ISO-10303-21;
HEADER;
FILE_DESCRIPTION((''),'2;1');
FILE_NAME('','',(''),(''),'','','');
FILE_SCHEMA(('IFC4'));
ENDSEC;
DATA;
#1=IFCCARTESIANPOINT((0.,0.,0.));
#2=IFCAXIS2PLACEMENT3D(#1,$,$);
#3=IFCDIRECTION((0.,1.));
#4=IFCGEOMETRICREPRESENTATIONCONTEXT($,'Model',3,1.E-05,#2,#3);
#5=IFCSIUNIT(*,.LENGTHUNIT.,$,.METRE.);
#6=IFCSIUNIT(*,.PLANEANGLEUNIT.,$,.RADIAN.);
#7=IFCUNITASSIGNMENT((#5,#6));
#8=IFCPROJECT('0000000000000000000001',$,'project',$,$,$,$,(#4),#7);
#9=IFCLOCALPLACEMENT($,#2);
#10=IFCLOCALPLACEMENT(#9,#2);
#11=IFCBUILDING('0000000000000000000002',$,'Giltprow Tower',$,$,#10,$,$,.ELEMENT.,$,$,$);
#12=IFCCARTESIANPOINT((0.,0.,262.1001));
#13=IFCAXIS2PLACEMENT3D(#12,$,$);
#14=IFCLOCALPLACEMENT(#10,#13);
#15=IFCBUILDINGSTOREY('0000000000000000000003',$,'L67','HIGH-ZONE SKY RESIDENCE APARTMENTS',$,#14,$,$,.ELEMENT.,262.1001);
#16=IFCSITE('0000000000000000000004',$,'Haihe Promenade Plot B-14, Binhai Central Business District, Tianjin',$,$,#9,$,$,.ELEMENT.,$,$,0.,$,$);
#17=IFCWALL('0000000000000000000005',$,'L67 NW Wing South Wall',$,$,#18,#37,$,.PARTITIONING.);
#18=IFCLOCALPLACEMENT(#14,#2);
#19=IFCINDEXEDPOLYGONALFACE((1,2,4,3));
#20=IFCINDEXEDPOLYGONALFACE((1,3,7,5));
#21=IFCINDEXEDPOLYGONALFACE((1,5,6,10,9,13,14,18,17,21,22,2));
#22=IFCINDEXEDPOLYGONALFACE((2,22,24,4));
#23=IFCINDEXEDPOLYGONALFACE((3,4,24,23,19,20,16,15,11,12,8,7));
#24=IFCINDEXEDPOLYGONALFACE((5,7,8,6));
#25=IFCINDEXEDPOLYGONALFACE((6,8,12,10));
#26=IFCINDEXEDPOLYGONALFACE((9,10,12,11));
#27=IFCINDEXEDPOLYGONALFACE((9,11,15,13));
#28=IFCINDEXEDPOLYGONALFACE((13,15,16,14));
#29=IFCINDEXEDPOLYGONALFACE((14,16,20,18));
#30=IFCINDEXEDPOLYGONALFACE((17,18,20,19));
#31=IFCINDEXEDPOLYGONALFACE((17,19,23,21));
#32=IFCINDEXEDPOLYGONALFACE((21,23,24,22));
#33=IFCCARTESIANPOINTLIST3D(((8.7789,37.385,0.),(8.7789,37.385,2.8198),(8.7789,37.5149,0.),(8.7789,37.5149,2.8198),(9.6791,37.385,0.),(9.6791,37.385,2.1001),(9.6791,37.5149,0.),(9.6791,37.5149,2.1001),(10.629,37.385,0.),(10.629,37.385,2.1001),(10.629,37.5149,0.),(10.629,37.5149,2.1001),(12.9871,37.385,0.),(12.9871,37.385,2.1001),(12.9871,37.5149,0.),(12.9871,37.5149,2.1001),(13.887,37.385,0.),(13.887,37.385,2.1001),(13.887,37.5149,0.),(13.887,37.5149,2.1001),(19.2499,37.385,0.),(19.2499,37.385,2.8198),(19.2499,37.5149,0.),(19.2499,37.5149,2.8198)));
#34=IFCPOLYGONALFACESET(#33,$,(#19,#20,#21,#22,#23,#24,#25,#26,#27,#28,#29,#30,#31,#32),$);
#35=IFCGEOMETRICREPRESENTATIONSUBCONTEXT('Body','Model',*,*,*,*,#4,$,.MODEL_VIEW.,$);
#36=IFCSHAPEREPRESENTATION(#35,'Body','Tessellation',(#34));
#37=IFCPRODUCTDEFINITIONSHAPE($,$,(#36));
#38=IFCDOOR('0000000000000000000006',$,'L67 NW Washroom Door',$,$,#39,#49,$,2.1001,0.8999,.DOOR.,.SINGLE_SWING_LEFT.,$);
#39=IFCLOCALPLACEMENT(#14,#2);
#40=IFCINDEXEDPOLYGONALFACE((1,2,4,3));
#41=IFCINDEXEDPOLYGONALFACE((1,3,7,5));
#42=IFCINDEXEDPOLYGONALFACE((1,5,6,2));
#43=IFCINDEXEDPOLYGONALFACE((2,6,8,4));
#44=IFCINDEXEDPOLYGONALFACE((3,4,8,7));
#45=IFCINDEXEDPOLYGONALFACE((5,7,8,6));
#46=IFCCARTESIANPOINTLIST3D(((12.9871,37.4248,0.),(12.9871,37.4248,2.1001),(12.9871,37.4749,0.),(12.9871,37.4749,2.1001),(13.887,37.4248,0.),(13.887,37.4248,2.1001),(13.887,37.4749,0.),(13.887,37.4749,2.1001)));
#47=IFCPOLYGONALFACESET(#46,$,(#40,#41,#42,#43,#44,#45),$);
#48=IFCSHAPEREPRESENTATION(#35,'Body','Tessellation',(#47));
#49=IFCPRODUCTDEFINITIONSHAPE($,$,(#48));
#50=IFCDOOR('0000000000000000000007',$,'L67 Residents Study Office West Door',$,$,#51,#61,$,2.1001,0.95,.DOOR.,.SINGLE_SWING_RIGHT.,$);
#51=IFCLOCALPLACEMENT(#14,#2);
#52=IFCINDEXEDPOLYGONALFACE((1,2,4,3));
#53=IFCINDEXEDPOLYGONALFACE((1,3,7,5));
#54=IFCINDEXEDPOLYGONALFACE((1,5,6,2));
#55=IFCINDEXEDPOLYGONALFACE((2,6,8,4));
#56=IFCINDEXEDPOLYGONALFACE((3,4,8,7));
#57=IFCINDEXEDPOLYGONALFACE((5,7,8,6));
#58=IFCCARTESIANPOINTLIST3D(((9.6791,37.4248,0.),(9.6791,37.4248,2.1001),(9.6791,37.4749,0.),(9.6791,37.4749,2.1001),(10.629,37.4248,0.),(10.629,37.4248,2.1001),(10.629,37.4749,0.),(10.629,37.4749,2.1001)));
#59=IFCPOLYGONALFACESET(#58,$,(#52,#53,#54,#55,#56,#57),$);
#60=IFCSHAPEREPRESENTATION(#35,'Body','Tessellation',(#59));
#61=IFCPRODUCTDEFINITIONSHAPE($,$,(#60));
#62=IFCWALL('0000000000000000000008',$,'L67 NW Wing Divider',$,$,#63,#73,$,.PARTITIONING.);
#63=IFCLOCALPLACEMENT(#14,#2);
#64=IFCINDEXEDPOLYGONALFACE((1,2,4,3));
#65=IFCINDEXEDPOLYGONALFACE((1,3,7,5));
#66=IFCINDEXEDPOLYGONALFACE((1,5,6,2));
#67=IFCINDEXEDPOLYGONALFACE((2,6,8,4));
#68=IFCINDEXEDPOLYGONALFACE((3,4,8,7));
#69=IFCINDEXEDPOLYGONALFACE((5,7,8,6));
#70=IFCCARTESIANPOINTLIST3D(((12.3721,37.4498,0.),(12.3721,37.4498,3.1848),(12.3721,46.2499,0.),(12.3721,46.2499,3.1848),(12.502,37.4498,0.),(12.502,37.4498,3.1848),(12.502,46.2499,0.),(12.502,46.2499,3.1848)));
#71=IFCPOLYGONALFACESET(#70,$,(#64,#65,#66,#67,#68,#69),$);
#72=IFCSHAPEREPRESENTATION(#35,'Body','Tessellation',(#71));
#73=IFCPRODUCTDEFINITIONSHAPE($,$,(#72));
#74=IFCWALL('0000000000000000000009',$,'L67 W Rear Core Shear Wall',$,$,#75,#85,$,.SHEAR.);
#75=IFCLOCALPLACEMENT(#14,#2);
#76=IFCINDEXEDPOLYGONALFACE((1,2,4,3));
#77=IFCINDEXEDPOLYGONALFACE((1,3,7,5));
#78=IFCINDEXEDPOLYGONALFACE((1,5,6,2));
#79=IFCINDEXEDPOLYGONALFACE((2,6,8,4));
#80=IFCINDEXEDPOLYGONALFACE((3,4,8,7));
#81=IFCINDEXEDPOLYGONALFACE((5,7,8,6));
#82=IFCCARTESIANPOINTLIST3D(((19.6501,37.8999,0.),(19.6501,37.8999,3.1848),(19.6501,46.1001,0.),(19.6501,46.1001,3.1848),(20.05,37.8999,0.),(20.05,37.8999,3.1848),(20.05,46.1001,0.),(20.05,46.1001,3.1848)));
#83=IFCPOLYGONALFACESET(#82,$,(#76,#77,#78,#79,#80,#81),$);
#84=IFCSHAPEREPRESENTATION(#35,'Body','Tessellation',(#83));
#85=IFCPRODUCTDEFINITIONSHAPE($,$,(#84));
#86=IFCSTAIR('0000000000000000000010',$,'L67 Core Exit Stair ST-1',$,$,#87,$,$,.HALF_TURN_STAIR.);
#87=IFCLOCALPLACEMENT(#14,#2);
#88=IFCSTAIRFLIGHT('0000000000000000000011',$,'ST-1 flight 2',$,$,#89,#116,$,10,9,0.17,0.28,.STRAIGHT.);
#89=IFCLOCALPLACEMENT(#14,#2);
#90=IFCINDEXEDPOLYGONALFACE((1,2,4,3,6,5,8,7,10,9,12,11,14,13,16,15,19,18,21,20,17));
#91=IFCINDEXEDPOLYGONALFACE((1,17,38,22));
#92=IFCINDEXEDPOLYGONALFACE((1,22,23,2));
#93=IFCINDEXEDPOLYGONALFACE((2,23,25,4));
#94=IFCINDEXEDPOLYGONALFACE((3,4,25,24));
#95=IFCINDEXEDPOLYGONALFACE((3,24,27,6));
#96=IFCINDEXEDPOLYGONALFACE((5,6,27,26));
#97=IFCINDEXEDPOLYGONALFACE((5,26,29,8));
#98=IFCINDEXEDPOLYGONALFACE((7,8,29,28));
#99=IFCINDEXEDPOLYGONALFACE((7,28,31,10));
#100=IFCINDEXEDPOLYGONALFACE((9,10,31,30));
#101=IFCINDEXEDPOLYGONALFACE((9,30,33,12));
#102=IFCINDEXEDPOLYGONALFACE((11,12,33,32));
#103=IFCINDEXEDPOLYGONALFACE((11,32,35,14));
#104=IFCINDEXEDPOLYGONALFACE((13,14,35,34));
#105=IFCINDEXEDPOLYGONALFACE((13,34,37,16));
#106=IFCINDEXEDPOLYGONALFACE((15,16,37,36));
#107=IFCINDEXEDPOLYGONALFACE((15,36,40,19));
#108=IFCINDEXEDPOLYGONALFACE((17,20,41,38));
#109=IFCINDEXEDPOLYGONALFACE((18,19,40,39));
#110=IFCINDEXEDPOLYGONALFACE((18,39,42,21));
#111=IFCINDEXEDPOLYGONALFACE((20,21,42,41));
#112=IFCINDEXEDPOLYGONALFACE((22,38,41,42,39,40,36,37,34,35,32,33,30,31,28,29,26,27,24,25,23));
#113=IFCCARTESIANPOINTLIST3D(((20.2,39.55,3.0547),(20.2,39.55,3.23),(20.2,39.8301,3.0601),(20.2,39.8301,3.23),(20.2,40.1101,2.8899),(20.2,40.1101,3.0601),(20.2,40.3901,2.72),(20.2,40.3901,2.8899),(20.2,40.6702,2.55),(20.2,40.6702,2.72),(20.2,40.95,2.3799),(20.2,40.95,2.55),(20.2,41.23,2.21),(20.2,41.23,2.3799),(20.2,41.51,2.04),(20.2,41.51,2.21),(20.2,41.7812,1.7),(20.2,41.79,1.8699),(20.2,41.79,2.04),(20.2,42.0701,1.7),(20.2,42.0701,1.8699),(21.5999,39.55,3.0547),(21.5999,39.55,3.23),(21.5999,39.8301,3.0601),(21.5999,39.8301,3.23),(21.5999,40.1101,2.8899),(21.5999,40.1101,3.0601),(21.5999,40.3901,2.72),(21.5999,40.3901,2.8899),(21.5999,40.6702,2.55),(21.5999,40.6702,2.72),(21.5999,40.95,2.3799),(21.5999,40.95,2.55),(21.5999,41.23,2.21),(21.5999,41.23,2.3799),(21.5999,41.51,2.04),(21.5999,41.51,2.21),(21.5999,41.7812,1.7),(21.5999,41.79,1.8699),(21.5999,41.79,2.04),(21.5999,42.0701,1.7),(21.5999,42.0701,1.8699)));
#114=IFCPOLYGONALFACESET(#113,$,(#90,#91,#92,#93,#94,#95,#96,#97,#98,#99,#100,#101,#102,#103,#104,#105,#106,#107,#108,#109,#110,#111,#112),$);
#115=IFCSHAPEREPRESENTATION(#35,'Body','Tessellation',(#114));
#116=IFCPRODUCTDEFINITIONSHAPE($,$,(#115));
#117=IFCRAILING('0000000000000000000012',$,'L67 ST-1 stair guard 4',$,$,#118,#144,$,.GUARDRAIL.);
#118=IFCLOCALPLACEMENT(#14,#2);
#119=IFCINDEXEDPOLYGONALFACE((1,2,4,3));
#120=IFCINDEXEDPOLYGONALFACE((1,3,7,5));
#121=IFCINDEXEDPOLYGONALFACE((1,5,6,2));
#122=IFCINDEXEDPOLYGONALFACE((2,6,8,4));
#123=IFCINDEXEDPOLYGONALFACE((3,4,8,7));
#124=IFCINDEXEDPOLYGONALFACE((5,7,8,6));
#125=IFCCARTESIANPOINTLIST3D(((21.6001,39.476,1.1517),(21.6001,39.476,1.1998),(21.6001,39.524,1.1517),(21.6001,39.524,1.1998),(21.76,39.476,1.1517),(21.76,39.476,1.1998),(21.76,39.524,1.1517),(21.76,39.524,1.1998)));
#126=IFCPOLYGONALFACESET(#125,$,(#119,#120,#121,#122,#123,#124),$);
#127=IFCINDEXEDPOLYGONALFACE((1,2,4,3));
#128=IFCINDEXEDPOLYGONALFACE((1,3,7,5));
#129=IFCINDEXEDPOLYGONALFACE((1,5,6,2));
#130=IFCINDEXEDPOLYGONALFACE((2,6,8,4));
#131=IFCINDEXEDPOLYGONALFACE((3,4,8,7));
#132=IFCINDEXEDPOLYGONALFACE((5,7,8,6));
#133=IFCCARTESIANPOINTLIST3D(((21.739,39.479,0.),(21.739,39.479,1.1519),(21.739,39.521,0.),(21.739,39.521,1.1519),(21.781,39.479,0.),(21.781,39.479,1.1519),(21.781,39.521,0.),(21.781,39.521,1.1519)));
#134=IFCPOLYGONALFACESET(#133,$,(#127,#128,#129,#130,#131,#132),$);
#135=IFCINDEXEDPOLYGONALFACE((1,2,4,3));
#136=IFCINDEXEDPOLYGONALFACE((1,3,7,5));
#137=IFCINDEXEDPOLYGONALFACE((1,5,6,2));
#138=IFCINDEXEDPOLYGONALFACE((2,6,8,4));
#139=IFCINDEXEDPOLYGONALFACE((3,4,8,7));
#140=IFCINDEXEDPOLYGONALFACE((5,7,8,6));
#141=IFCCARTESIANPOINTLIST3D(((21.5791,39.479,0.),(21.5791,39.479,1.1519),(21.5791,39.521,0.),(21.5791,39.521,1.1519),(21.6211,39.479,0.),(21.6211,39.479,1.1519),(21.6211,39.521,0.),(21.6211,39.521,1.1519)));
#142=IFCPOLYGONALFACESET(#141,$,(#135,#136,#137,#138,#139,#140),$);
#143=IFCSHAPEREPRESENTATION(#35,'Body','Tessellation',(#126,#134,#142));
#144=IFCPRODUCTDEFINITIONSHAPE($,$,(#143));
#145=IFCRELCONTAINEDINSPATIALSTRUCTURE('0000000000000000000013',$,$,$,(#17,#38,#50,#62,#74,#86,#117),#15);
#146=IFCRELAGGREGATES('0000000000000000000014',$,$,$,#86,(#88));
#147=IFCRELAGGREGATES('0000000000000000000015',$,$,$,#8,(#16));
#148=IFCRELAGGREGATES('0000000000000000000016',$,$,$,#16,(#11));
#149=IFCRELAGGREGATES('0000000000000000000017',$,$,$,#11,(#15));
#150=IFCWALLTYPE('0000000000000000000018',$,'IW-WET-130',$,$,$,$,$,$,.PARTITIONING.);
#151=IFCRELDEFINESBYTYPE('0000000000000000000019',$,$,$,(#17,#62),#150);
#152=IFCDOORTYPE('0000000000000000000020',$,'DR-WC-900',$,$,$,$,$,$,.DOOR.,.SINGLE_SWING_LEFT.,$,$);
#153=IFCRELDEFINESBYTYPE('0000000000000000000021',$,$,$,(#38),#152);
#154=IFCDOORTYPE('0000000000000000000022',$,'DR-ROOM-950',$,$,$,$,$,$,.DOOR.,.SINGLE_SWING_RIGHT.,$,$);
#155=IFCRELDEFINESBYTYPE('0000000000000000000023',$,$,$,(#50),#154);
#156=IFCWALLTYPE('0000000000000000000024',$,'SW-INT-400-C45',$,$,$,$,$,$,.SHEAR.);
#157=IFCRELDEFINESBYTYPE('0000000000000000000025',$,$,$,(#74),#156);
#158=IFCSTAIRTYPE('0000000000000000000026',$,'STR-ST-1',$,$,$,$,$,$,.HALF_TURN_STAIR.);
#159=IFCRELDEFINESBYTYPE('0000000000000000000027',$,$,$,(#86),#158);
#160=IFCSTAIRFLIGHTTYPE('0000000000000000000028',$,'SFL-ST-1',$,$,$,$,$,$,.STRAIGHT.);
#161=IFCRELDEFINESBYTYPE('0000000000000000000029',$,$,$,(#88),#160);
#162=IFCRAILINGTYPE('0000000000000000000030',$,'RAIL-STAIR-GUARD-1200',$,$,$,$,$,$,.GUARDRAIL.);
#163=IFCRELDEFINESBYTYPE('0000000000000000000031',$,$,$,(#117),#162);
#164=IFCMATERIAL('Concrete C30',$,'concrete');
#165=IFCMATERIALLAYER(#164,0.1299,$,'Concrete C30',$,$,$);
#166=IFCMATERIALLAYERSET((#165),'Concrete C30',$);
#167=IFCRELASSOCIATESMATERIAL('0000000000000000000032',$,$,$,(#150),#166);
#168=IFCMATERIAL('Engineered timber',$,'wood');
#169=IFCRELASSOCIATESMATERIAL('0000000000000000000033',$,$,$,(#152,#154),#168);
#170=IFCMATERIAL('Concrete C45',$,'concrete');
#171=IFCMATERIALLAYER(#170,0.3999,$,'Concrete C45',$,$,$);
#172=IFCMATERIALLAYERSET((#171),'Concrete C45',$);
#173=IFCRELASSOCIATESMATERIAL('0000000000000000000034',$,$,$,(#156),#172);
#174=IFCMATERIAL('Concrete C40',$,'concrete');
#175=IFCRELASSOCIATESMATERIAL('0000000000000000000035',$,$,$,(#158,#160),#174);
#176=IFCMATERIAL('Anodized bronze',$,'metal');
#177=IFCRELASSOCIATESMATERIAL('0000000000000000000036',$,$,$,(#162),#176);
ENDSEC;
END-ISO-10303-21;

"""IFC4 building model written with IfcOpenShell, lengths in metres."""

from ifc_helpers import new_model, si_unit, direction, frame, frame_2d, origin, origin_2d, place, context, subcontext, project, spatial, polyline, rectangle, outline, extrude, source, transform, mapped, material, layer, layer_set, type_object, element, fill, aggregate, save


model = new_model("IFC4")

# Units and contexts
model_context = context("Model", 3, precision=1e-05, world=origin(), true_north=direction((0.0, 1.0)))
body_context = subcontext(model_context, "Body", "Model", "MODEL_VIEW")
ifc_project = project(units=[si_unit("LENGTHUNIT", "METRE"), si_unit("PLANEANGLEUNIT", "RADIAN")], contexts=[model_context])

# Site, building, storey
site_placement = place(None, origin())
site = spatial("IfcSite", under=ifc_project, at=site_placement, Name="Haihe Promenade Plot B-14, Binhai Central Business District, Tianjin", CompositionType="ELEMENT", RefElevation=0.0)
building_placement = place(site_placement, origin())
building = spatial("IfcBuilding", under=site, at=building_placement, Name="Giltprow Tower", CompositionType="ELEMENT")
storey_placement = place(building_placement, frame((0.0, 0.0, 262.1001)))
storey = spatial("IfcBuildingStorey", under=building, at=storey_placement, Name="L67", Description="HIGH-ZONE SKY RESIDENCE APARTMENTS", CompositionType="ELEMENT", Elevation=262.1001)

# Shared definitions
ifc_material_1 = material(Name="Concrete C45", Category="concrete")

# Shared definitions
ifc_material_2 = material(Name="Engineered timber", Category="wood")

# Shared definitions
ifc_material_3 = material(Name="Concrete C40", Category="concrete")

# Wall, openings, doors
ifc_material_4 = material(Name="Concrete C30", Category="concrete")
ifc_layer_1 = layer(ifc_material_4, 0.1299, Name="Concrete C30")
ifc_layer_set_1 = layer_set([ifc_layer_1], Name="Concrete C30")
wall_type_1 = type_object("IfcWallType", Name="IW-WET-130", PredefinedType="PARTITIONING", material=ifc_layer_set_1)
wall_1_placement = place(storey_placement, frame((8.7791, 37.45, 0.0), z_axis=(0.0, 0.0, 1.0), x_axis=(1.0, 0.0, 0.0)))
wall_1 = element("IfcWall", 1, at=wall_1_placement, inside=storey, type_object=wall_type_1, Name="L67 NW Wing South Wall", PredefinedType="PARTITIONING", context=body_context, shape_type="SweptSolid", body=[
    extrude(rectangle(XDim=10.4709, YDim=0.1299, at=frame_2d((5.2354, 0.0))), origin(), (0.0, 0.0, 1.0), 2.8198),
])
opening_1_placement = place(wall_1_placement, frame((0.8999, 0.0, 0.0)))
opening_1 = element("IfcOpeningElement", 2, at=opening_1_placement, cuts=wall_1, PredefinedType="OPENING", context=body_context, shape_type="SweptSolid", body=[
    extrude(rectangle(XDim=0.95, YDim=2.1001, at=frame_2d((0.4751, 1.05))), frame((0.0, 0.075, 0.0), z_axis=(0.0, -1.0, 0.0), x_axis=(1.0, 0.0, 0.0)), (0.0, 0.0, 1.0), 0.1499),
])
opening_2_placement = place(wall_1_placement, frame((4.208, 0.0, 0.0)))
opening_2 = element("IfcOpeningElement", 3, at=opening_2_placement, cuts=wall_1, PredefinedType="OPENING", context=body_context, shape_type="SweptSolid", body=[
    extrude(rectangle(XDim=0.8999, YDim=2.1001, at=frame_2d((0.45, 1.05))), frame((0.0, 0.075, 0.0), z_axis=(0.0, -1.0, 0.0), x_axis=(1.0, 0.0, 0.0)), (0.0, 0.0, 1.0), 0.1499),
])
door_type_1 = type_object("IfcDoorType", Name="DR-WC-900", OperationType="SINGLE_SWING_LEFT", PredefinedType="DOOR", material=ifc_material_2)
shared_shape_1 = source(origin(), body_context, "Body", "SweptSolid", [
    extrude(rectangle(XDim=0.8999, YDim=2.1001, at=frame_2d((0.45, 1.05))), frame((0.0, 0.0249, 0.0), z_axis=(0.0, -1.0, 0.0), x_axis=(1.0, 0.0, 0.0)), (0.0, 0.0, 1.0), 0.05),
])
door_1_placement = place(opening_2_placement, origin())
door_1 = element("IfcDoor", 4, at=door_1_placement, inside=storey, type_object=door_type_1, Name="L67 NW Washroom Door", OperationType="SINGLE_SWING_LEFT", OverallHeight=2.1001, OverallWidth=0.8999, PredefinedType="DOOR", context=body_context, shape_type="MappedRepresentation", body=[
    mapped(shared_shape_1, transform((0.0, 0.0, 0.0), x_axis=(1.0, 0.0, 0.0), y_axis=(0.0, 1.0, 0.0), z_axis=(0.0, 0.0, 1.0), scale=1.0)),
])
fill(opening_2, door_1)
door_type_2 = type_object("IfcDoorType", Name="DR-ROOM-950", OperationType="SINGLE_SWING_RIGHT", PredefinedType="DOOR", material=ifc_material_2)
shared_shape_2 = source(origin(), body_context, "Body", "SweptSolid", [
    extrude(rectangle(XDim=0.95, YDim=2.1001, at=frame_2d((0.4751, 1.05))), frame((0.0, 0.0249, 0.0), z_axis=(0.0, -1.0, 0.0), x_axis=(1.0, 0.0, 0.0)), (0.0, 0.0, 1.0), 0.05),
])
door_2_placement = place(opening_1_placement, origin())
door_2 = element("IfcDoor", 5, at=door_2_placement, inside=storey, type_object=door_type_2, Name="L67 Residents Study Office West Door", OperationType="SINGLE_SWING_RIGHT", OverallHeight=2.1001, OverallWidth=0.95, PredefinedType="DOOR", context=body_context, shape_type="MappedRepresentation", body=[
    mapped(shared_shape_2, transform((0.0, 0.0, 0.0), x_axis=(1.0, 0.0, 0.0), y_axis=(0.0, 1.0, 0.0), z_axis=(0.0, 0.0, 1.0), scale=1.0)),
])
fill(opening_1, door_2)

# Wall
wall_2_placement = place(storey_placement, frame((12.437, 37.45, 0.0), z_axis=(0.0, 0.0, 1.0), x_axis=(0.0, 1.0, 0.0)))
element("IfcWall", 6, at=wall_2_placement, inside=storey, type_object=wall_type_1, Name="L67 NW Wing Divider", PredefinedType="PARTITIONING", context=body_context, shape_type="SweptSolid", body=[
    extrude(rectangle(XDim=8.8, YDim=0.1299, at=frame_2d((4.3999, 0.0))), origin(), (0.0, 0.0, 1.0), 3.1848),
])

# Shared definitions
ifc_layer_2 = layer(ifc_material_1, 0.3999, Name="Concrete C45")
ifc_layer_set_2 = layer_set([ifc_layer_2], Name="Concrete C45")
wall_type_2 = type_object("IfcWallType", Name="SW-INT-400-C45", PredefinedType="SHEAR", material=ifc_layer_set_2)

# Wall
wall_3_placement = place(storey_placement, frame((19.8501, 37.8999, 0.0), z_axis=(0.0, 0.0, 1.0), x_axis=(0.0, 1.0, 0.0)))
element("IfcWall", 7, at=wall_3_placement, inside=storey, type_object=wall_type_2, Name="L67 W Rear Core Shear Wall", PredefinedType="SHEAR", context=body_context, shape_type="SweptSolid", body=[
    extrude(rectangle(XDim=8.2002, YDim=0.3999, at=frame_2d((4.1001, 0.0))), origin(), (0.0, 0.0, 1.0), 3.1848),
])

# Stair, stair flight
stair_type = type_object("IfcStairType", Name="STR-ST-1", PredefinedType="HALF_TURN_STAIR", material=ifc_material_3)
stair_placement = place(storey_placement, origin())
stair = element("IfcStair", 8, at=stair_placement, inside=storey, type_object=stair_type, Name="L67 Core Exit Stair ST-1", PredefinedType="HALF_TURN_STAIR")
stair_flight_type = type_object("IfcStairFlightType", Name="SFL-ST-1", PredefinedType="STRAIGHT", material=ifc_material_3)
stair_flight_placement = place(storey_placement, frame((20.8999, 42.0701, 1.7), z_axis=(0.0, 0.0, 1.0), x_axis=(0.0, -1.0, 0.0)))
stair_flight = element("IfcStairFlight", 9, at=stair_flight_placement, type_object=stair_flight_type, Name="ST-1 flight 2", NumberOfRisers=10, NumberOfTreads=9, PredefinedType="STRAIGHT", RiserHeight=0.17, TreadLength=0.28, context=body_context, shape_type="SweptSolid", body=[
    extrude(outline(polyline([(0.0, 0.0), (0.0, 0.1699), (0.28, 0.1699), (0.28, 0.3401), (0.5601, 0.3401), (0.5601, 0.51), (0.8401, 0.51), (0.8401, 0.6799), (1.1201, 0.6799), (1.1201, 0.8501), (1.3999, 0.8501), (1.3999, 1.02), (1.6799, 1.02), (1.6799, 1.1899), (1.96, 1.1899), (1.96, 1.3601), (2.24, 1.3601), (2.24, 1.53), (2.52, 1.53), (2.52, 1.7), (2.52, 1.3547), (0.2888, 0.0), (0.0, 0.0)])), frame((0.0, 0.7, 0.0), z_axis=(0.0, -1.0, 0.0), x_axis=(1.0, 0.0, 0.0)), (0.0, 0.0, 1.0), 1.3999),
])
aggregate(stair, [stair_flight])

# Railing
ifc_material_5 = material(Name="Anodized bronze", Category="metal")
railing_type_1 = type_object("IfcRailingType", Name="RAIL-STAIR-GUARD-1200", PredefinedType="GUARDRAIL", material=ifc_material_5)
railing_1_placement = place(storey_placement, frame((21.76, 39.5, 0.0)))
element("IfcRailing", 10, at=railing_1_placement, inside=storey, type_object=railing_type_1, Name="L67 ST-1 stair guard 4", PredefinedType="GUARDRAIL", context=body_context, shape_type="SweptSolid", body=[
    extrude(rectangle(XDim=0.0481, YDim=0.0481, at=origin_2d()), frame((0.0, 0.0, 1.1758), z_axis=(-1.0, 0.0, 0.0), x_axis=(0.0, -1.0, 0.0)), (0.0, 0.0, 1.0), 0.1599),
    extrude(rectangle(XDim=0.042, YDim=0.042, at=origin_2d()), origin(), (0.0, 0.0, 1.0), 1.1519),
    extrude(rectangle(XDim=0.042, YDim=0.042, at=origin_2d()), frame((-0.1599, 0.0, 0.0)), (0.0, 0.0, 1.0), 1.1519),
])

save(model, "model.ifc")
